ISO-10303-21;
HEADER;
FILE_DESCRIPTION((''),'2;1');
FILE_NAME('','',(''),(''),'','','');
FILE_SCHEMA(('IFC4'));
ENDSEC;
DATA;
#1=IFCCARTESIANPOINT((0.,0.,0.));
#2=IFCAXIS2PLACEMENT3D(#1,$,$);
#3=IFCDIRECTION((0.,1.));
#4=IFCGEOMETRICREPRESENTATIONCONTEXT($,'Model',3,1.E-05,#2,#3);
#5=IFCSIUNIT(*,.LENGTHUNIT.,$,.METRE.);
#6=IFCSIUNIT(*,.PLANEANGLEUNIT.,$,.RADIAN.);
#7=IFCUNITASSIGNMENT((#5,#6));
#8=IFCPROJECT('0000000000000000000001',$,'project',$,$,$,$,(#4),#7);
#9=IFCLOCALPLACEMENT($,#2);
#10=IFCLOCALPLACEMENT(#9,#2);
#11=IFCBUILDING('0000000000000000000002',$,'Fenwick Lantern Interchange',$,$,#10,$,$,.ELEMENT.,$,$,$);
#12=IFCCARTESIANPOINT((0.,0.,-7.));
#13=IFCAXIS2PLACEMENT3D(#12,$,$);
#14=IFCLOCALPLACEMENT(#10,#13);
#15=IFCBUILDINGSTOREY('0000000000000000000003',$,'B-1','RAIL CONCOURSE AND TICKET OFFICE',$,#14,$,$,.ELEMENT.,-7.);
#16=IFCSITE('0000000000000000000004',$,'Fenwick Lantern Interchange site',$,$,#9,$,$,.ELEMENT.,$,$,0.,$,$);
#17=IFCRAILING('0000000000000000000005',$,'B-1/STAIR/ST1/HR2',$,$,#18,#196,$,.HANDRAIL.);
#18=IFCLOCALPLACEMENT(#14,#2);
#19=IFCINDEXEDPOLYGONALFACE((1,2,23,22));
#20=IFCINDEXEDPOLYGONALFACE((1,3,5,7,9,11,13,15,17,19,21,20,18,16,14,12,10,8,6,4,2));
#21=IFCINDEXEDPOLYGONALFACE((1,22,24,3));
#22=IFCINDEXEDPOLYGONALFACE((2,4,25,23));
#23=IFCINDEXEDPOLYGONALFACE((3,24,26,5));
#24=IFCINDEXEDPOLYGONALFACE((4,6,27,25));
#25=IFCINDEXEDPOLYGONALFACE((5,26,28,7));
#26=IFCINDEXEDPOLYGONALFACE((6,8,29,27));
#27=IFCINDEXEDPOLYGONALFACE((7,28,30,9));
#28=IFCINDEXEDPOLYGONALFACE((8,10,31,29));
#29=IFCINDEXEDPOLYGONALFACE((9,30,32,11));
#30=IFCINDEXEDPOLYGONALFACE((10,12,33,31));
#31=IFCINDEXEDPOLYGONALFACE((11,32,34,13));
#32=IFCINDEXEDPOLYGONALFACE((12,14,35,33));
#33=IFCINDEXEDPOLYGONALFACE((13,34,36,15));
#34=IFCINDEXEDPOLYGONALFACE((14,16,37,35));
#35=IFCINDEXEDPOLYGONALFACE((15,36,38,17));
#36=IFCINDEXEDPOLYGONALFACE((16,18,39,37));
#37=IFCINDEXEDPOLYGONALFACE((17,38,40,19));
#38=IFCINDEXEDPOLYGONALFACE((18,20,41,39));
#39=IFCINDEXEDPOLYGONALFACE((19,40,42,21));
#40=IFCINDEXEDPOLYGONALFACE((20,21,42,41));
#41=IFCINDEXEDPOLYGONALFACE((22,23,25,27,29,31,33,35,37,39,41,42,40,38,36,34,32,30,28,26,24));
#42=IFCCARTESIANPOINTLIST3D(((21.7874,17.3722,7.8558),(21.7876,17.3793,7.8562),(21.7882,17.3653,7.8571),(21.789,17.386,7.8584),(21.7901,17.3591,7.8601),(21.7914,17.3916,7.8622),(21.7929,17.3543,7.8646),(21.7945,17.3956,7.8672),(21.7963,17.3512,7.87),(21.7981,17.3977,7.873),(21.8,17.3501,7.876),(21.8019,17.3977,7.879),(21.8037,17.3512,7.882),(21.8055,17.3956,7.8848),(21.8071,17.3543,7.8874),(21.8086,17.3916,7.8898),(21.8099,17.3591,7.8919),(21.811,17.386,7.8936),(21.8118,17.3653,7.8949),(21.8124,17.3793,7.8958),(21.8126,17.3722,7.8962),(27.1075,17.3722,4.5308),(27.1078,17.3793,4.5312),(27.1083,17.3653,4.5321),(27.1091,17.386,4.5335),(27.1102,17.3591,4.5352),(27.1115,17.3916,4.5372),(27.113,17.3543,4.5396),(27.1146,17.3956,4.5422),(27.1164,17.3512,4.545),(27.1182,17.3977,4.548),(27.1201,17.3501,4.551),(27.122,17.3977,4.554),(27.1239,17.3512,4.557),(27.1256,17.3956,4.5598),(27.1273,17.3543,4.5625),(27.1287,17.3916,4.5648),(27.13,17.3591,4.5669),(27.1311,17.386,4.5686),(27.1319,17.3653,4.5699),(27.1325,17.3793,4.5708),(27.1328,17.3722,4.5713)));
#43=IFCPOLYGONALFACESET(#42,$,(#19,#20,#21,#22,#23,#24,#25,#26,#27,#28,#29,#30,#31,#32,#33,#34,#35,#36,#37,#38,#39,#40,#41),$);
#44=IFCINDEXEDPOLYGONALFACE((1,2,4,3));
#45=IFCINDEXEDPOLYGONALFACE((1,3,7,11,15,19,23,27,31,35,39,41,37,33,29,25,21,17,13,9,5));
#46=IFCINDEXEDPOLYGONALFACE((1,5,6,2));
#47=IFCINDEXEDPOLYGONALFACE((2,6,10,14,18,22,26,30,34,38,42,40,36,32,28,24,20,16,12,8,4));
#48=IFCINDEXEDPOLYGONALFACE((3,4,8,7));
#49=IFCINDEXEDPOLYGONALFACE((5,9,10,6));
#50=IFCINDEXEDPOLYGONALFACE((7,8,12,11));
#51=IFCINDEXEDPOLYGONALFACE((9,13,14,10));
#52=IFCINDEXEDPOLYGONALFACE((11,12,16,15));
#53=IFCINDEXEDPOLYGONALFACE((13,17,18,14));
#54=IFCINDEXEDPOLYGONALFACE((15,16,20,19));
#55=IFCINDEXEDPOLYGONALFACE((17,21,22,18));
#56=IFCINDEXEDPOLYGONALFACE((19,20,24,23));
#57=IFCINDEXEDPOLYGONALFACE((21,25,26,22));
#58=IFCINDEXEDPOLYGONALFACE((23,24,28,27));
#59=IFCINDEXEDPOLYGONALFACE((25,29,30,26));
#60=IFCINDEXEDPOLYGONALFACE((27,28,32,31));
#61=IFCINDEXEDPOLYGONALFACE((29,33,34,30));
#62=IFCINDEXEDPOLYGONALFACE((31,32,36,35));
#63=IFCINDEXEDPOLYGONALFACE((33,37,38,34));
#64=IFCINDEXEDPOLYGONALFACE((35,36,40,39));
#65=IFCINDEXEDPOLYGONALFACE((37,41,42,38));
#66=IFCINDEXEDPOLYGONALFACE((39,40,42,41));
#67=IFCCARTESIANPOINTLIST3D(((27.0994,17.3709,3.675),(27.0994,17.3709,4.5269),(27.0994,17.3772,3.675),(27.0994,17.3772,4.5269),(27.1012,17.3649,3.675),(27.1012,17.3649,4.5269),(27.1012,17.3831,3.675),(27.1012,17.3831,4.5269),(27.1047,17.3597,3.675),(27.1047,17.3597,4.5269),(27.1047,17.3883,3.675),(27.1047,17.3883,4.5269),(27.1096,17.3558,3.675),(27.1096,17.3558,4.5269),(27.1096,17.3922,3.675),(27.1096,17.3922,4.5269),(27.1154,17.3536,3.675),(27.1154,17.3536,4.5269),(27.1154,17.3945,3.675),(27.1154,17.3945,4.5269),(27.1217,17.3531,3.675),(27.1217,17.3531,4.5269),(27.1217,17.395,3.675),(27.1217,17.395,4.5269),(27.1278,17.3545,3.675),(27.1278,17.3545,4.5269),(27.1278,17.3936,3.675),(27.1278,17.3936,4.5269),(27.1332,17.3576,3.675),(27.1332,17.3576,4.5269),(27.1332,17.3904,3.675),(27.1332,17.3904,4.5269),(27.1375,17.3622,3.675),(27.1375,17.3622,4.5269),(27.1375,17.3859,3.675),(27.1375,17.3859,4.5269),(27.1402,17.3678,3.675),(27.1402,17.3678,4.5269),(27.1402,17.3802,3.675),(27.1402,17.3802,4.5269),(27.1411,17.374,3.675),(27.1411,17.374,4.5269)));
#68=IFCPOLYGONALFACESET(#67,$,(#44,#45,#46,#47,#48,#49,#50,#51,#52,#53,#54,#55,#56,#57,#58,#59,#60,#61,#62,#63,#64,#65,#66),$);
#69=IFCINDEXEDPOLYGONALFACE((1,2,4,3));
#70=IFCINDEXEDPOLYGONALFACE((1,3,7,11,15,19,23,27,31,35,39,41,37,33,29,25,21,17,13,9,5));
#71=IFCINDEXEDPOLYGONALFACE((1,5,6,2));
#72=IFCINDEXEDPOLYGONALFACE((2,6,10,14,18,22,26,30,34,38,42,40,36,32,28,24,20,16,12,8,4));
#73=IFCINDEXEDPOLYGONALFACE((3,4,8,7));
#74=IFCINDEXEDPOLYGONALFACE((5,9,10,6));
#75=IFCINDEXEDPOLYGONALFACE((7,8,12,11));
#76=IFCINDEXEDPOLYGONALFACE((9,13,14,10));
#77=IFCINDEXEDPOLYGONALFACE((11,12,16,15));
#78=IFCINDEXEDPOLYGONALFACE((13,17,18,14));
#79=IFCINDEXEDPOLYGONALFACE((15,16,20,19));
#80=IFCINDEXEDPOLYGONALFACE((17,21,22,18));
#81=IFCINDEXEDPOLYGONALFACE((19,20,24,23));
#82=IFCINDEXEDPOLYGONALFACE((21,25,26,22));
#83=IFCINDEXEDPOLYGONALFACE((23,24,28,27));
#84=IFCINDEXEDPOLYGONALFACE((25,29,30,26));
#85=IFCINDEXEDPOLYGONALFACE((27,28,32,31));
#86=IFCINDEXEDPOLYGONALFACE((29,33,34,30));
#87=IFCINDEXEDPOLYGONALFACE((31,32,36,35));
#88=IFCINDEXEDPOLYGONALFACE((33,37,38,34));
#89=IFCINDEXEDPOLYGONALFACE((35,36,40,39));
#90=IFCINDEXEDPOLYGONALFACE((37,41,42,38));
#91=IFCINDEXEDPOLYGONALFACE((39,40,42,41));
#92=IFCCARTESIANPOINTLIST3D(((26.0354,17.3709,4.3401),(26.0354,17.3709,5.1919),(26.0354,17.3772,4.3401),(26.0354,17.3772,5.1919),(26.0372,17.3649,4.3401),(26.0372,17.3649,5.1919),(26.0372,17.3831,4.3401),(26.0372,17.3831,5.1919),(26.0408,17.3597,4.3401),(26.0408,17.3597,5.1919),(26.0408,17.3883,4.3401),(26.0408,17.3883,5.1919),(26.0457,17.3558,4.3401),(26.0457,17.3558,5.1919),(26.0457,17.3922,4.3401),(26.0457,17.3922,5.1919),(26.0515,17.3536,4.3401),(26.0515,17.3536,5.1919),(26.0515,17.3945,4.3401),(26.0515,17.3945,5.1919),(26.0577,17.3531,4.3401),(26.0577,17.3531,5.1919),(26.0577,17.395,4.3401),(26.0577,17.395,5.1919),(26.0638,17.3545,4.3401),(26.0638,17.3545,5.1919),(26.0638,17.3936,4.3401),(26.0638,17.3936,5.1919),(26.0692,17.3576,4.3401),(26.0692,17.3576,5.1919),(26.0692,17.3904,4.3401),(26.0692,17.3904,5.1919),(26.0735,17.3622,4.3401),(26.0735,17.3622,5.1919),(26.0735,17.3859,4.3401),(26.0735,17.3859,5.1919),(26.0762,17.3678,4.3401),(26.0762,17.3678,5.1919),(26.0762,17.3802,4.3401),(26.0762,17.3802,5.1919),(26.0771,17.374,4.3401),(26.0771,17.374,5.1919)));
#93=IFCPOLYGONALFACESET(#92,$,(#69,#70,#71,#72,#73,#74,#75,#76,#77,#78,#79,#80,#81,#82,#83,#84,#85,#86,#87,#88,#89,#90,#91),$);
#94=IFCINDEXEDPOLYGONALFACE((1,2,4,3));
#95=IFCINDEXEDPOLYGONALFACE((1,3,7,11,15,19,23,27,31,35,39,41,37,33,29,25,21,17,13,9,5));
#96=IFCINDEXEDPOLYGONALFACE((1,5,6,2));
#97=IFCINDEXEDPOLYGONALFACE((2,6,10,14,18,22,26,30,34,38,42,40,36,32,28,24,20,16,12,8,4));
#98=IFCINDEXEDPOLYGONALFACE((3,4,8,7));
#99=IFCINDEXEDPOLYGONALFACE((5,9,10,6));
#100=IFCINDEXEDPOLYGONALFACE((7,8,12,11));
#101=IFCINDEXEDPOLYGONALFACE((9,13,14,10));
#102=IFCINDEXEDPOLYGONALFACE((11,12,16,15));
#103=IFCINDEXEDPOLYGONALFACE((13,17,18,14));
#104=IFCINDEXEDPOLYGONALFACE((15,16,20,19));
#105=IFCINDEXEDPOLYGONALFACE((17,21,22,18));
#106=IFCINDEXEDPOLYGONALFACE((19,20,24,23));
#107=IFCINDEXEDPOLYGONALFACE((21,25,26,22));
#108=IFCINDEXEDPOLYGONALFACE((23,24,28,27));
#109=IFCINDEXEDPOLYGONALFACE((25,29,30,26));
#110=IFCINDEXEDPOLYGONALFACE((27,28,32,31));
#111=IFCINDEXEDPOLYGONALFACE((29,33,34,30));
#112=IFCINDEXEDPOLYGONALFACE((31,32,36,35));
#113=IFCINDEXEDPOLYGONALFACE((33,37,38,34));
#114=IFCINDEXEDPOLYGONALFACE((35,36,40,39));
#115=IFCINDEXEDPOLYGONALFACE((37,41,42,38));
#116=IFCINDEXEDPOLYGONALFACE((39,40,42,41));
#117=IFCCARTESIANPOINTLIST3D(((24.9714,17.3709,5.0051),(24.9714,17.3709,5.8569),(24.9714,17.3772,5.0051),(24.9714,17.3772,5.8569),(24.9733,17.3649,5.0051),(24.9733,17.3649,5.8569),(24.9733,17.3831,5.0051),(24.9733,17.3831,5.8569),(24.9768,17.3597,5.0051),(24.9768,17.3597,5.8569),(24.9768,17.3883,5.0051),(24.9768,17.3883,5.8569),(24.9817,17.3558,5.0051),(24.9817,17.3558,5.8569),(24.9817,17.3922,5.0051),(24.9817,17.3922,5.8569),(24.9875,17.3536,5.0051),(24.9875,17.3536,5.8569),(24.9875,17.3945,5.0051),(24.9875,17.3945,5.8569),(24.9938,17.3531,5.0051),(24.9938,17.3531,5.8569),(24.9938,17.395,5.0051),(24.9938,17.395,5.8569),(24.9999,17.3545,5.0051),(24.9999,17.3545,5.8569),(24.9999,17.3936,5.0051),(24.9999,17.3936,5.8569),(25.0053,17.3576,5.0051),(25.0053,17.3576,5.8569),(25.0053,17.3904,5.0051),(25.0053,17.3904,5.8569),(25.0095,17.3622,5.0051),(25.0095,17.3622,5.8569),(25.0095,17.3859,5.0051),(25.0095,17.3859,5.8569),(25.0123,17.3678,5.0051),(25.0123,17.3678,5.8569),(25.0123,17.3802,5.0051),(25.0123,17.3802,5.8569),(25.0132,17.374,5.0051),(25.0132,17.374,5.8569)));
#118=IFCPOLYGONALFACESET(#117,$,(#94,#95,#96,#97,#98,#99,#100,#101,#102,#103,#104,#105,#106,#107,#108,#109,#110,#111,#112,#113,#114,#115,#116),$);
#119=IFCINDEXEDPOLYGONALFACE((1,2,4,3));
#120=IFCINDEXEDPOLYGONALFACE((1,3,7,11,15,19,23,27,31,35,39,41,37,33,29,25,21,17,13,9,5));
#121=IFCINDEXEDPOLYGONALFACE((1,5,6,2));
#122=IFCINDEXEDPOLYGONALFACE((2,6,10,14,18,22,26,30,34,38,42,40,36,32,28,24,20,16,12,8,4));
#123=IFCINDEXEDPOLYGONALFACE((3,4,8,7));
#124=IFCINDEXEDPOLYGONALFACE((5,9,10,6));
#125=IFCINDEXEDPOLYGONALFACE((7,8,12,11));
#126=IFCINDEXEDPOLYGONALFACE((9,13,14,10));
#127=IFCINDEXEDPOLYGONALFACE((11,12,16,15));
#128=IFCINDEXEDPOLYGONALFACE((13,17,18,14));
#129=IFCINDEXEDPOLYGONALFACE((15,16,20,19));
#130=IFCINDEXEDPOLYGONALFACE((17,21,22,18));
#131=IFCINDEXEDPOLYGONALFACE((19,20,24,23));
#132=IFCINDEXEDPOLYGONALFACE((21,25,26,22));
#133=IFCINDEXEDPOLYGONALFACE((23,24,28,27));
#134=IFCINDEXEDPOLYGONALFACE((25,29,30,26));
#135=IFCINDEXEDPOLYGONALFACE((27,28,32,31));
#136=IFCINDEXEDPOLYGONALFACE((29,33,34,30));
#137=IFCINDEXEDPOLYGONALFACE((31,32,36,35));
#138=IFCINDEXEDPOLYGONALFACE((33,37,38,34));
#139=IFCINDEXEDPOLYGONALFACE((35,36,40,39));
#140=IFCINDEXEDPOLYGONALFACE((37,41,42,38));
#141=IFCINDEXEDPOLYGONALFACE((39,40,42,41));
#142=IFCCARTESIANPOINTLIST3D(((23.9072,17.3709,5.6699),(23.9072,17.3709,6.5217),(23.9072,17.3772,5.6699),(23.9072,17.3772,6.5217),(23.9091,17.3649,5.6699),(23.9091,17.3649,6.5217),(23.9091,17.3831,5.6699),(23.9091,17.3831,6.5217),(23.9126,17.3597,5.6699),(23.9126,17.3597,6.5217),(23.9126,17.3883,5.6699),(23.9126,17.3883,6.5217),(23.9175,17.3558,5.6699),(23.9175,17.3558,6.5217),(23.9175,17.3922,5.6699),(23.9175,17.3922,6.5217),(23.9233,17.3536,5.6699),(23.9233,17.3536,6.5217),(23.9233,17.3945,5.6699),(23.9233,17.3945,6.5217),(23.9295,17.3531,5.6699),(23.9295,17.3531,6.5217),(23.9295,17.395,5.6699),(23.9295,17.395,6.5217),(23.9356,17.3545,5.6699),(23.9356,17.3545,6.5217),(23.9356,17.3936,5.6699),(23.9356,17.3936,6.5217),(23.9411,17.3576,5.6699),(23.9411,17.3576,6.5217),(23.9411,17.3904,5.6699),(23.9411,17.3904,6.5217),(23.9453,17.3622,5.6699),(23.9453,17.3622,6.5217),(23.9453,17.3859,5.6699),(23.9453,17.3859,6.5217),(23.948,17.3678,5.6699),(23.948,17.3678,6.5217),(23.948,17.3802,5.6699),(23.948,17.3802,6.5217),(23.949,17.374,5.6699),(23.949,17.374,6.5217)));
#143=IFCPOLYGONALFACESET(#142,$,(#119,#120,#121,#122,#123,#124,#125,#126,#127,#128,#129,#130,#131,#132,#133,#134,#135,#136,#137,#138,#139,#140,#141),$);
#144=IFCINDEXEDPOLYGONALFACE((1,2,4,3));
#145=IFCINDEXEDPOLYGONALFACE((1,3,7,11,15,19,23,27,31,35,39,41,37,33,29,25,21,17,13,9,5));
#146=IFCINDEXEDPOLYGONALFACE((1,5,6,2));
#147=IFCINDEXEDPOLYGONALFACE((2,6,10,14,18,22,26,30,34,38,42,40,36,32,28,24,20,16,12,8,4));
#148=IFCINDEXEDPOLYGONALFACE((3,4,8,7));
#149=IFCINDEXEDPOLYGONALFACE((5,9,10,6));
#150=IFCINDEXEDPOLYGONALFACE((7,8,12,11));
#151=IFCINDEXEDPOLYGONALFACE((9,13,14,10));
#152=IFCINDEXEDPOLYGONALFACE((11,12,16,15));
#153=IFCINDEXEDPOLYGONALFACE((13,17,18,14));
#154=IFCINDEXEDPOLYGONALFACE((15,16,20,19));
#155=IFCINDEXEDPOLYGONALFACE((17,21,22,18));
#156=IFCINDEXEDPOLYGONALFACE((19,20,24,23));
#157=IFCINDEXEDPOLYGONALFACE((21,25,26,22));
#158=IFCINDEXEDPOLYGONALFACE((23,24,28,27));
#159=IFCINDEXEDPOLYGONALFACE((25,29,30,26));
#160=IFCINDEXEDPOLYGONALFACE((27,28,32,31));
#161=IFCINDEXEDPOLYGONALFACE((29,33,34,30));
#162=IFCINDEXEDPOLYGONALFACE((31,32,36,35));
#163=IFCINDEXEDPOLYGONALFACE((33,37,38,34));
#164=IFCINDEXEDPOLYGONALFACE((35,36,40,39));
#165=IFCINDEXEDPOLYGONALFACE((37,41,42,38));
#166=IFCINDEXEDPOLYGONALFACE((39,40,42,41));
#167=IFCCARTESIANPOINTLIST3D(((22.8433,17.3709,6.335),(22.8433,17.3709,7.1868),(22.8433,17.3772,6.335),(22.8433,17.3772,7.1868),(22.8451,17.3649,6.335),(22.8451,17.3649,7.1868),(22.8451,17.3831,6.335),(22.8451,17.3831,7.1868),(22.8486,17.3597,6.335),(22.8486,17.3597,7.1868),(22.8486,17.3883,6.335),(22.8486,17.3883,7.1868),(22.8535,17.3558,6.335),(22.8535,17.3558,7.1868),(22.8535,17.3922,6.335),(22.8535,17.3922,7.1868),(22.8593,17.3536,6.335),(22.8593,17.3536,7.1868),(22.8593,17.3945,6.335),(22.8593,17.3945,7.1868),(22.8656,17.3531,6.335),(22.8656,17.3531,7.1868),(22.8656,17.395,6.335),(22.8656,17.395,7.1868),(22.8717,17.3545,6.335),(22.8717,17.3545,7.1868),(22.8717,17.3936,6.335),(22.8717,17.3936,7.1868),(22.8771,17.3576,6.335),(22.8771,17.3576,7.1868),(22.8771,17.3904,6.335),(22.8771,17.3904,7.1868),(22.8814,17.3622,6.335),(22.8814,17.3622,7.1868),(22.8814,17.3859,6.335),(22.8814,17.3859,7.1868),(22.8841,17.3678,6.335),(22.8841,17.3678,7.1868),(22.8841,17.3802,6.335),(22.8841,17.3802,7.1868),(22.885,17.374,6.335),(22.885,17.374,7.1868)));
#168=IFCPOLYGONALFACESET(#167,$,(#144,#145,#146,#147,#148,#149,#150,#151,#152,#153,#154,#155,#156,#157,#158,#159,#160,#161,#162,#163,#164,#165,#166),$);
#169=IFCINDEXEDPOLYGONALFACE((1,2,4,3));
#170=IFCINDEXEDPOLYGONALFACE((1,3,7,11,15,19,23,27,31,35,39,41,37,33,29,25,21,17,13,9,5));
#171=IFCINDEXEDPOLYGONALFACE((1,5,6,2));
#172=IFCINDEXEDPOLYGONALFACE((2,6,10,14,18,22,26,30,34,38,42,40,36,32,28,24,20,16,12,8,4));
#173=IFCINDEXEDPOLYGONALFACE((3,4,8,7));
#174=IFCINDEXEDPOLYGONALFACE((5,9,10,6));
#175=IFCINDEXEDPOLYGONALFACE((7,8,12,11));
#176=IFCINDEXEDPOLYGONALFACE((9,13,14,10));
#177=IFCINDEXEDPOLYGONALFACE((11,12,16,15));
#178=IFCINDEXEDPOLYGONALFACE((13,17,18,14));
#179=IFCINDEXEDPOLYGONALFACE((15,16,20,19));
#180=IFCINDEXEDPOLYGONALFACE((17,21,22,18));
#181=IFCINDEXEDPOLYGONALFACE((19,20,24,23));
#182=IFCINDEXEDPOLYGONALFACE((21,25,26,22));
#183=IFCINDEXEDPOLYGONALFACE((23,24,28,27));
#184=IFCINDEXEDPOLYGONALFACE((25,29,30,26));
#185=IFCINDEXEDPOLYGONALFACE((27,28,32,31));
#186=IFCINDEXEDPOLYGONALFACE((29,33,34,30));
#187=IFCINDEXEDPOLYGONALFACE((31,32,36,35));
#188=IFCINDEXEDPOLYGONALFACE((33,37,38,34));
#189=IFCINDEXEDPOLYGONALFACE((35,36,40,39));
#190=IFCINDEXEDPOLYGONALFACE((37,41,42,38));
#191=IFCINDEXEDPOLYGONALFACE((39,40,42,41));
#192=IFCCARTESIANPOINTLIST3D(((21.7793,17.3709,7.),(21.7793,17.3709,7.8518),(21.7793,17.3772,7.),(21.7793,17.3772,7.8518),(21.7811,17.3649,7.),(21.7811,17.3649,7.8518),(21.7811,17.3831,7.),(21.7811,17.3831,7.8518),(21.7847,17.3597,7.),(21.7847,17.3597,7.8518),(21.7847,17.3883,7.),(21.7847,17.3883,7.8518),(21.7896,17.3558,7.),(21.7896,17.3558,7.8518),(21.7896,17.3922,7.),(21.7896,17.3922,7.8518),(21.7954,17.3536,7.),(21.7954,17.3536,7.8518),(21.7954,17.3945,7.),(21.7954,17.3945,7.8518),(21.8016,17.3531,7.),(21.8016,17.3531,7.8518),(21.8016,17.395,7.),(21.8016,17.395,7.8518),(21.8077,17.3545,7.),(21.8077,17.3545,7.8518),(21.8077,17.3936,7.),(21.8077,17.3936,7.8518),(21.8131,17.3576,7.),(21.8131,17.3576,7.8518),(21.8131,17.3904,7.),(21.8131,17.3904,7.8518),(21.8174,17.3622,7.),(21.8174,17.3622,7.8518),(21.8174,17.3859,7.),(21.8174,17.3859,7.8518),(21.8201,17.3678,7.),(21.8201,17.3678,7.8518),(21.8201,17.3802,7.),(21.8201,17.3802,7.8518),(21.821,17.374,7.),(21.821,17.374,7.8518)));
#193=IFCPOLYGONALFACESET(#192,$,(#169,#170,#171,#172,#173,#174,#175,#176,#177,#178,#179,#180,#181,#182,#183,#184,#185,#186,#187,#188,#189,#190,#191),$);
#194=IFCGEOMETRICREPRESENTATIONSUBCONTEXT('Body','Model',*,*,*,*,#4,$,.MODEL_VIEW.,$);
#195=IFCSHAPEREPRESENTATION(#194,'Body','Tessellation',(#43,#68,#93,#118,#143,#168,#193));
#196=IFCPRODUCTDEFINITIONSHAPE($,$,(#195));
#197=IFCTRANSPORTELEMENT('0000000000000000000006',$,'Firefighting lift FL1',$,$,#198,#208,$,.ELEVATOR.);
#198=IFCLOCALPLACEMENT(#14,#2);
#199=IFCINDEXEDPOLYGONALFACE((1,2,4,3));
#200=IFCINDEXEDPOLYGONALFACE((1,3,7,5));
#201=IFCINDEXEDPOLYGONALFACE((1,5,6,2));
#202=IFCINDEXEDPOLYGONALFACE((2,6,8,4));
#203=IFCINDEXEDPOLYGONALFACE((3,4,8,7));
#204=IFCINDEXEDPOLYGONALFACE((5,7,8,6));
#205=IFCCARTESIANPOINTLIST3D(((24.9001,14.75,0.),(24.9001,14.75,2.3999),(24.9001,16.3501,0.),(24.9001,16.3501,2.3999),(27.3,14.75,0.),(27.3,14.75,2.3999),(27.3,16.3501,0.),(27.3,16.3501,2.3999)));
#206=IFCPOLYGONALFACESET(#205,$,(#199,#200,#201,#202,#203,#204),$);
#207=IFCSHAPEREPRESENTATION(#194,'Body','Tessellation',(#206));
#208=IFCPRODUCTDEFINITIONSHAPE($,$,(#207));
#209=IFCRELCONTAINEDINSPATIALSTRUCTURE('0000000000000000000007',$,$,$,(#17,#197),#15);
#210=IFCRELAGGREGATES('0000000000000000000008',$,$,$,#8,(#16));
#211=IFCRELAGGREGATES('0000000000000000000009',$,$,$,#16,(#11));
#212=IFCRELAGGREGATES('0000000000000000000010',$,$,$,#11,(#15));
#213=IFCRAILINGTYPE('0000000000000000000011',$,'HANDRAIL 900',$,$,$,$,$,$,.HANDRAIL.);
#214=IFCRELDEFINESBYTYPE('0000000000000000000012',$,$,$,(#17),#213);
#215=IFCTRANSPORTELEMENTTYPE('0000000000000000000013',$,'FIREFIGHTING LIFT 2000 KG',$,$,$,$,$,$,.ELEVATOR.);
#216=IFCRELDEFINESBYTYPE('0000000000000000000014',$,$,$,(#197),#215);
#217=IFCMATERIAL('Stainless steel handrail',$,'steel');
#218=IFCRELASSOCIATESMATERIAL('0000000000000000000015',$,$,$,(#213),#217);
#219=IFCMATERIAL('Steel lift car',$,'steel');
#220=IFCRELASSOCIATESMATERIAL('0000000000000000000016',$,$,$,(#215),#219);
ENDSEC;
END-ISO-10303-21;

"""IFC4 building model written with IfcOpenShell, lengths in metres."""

from ifc_helpers import new_model, si_unit, direction, frame, origin, origin_2d, place, context, subcontext, project, spatial, rectangle, circle, extrude, material, type_object, element, save


model = new_model("IFC4")

# Units and contexts
model_context = context("Model", 3, precision=1e-05, world=origin(), true_north=direction((0.0, 1.0)))
body_context = subcontext(model_context, "Body", "Model", "MODEL_VIEW")
ifc_project = project(units=[si_unit("LENGTHUNIT", "METRE"), si_unit("PLANEANGLEUNIT", "RADIAN")], contexts=[model_context])

# Site, building, storey
site_placement = place(None, origin())
site = spatial("IfcSite", under=ifc_project, at=site_placement, Name="Fenwick Lantern Interchange site", CompositionType="ELEMENT", RefElevation=0.0)
building_placement = place(site_placement, origin())
building = spatial("IfcBuilding", under=site, at=building_placement, Name="Fenwick Lantern Interchange", CompositionType="ELEMENT")
storey_placement = place(building_placement, frame((0.0, 0.0, -7.0)))
storey = spatial("IfcBuildingStorey", under=building, at=storey_placement, Name="B-1", Description="RAIL CONCOURSE AND TICKET OFFICE", CompositionType="ELEMENT", Elevation=-7.0)

# Railing
ifc_material_1 = material(Name="Stainless steel handrail", Category="steel")
railing_type = type_object("IfcRailingType", Name="HANDRAIL 900", PredefinedType="HANDRAIL", material=ifc_material_1)
railing_placement = place(storey_placement, frame((27.1201, 17.374, 3.675)))
element("IfcRailing", 1, at=railing_placement, inside=storey, type_object=railing_type, Name="B-1/STAIR/ST1/HR2", PredefinedType="HANDRAIL", context=body_context, shape_type="SweptSolid", body=[
    extrude(circle(Radius=0.0239, at=origin_2d()), frame((0.0, 0.0, 0.876), z_axis=(-0.848005, 0.0, 0.529988), x_axis=(0.0, -1.0, 0.0)), (0.0, 0.0, 1.0), 6.2737),
    extrude(circle(Radius=0.021, at=origin_2d()), origin(), (0.0, 0.0, 1.0), 0.8518),
    extrude(circle(Radius=0.021, at=origin_2d()), frame((-1.064, 0.0, 0.665)), (0.0, 0.0, 1.0), 0.8518),
    extrude(circle(Radius=0.021, at=origin_2d()), frame((-2.1279, 0.0, 1.3301)), (0.0, 0.0, 1.0), 0.8518),
    extrude(circle(Radius=0.021, at=origin_2d()), frame((-3.1921, 0.0, 1.9949)), (0.0, 0.0, 1.0), 0.8518),
    extrude(circle(Radius=0.021, at=origin_2d()), frame((-4.2561, 0.0, 2.6599)), (0.0, 0.0, 1.0), 0.8518),
    extrude(circle(Radius=0.021, at=origin_2d()), frame((-5.3201, 0.0, 3.325)), (0.0, 0.0, 1.0), 0.8518),
])

# Transport element
ifc_material_2 = material(Name="Steel lift car", Category="steel")
transport_element_type = type_object("IfcTransportElementType", Name="FIREFIGHTING LIFT 2000 KG", PredefinedType="ELEVATOR", material=ifc_material_2)
transport_element_placement = place(storey_placement, frame((26.1001, 15.55, 0.0), z_axis=(0.0, 0.0, 1.0), x_axis=(1.0, 0.0, 0.0)))
element("IfcTransportElement", 2, at=transport_element_placement, inside=storey, type_object=transport_element_type, Name="Firefighting lift FL1", PredefinedType="ELEVATOR", context=body_context, shape_type="SweptSolid", body=[
    extrude(rectangle(XDim=2.3999, YDim=1.6001, at=origin_2d()), origin(), (0.0, 0.0, 1.0), 2.3999),
])

save(model, "model.ifc")
